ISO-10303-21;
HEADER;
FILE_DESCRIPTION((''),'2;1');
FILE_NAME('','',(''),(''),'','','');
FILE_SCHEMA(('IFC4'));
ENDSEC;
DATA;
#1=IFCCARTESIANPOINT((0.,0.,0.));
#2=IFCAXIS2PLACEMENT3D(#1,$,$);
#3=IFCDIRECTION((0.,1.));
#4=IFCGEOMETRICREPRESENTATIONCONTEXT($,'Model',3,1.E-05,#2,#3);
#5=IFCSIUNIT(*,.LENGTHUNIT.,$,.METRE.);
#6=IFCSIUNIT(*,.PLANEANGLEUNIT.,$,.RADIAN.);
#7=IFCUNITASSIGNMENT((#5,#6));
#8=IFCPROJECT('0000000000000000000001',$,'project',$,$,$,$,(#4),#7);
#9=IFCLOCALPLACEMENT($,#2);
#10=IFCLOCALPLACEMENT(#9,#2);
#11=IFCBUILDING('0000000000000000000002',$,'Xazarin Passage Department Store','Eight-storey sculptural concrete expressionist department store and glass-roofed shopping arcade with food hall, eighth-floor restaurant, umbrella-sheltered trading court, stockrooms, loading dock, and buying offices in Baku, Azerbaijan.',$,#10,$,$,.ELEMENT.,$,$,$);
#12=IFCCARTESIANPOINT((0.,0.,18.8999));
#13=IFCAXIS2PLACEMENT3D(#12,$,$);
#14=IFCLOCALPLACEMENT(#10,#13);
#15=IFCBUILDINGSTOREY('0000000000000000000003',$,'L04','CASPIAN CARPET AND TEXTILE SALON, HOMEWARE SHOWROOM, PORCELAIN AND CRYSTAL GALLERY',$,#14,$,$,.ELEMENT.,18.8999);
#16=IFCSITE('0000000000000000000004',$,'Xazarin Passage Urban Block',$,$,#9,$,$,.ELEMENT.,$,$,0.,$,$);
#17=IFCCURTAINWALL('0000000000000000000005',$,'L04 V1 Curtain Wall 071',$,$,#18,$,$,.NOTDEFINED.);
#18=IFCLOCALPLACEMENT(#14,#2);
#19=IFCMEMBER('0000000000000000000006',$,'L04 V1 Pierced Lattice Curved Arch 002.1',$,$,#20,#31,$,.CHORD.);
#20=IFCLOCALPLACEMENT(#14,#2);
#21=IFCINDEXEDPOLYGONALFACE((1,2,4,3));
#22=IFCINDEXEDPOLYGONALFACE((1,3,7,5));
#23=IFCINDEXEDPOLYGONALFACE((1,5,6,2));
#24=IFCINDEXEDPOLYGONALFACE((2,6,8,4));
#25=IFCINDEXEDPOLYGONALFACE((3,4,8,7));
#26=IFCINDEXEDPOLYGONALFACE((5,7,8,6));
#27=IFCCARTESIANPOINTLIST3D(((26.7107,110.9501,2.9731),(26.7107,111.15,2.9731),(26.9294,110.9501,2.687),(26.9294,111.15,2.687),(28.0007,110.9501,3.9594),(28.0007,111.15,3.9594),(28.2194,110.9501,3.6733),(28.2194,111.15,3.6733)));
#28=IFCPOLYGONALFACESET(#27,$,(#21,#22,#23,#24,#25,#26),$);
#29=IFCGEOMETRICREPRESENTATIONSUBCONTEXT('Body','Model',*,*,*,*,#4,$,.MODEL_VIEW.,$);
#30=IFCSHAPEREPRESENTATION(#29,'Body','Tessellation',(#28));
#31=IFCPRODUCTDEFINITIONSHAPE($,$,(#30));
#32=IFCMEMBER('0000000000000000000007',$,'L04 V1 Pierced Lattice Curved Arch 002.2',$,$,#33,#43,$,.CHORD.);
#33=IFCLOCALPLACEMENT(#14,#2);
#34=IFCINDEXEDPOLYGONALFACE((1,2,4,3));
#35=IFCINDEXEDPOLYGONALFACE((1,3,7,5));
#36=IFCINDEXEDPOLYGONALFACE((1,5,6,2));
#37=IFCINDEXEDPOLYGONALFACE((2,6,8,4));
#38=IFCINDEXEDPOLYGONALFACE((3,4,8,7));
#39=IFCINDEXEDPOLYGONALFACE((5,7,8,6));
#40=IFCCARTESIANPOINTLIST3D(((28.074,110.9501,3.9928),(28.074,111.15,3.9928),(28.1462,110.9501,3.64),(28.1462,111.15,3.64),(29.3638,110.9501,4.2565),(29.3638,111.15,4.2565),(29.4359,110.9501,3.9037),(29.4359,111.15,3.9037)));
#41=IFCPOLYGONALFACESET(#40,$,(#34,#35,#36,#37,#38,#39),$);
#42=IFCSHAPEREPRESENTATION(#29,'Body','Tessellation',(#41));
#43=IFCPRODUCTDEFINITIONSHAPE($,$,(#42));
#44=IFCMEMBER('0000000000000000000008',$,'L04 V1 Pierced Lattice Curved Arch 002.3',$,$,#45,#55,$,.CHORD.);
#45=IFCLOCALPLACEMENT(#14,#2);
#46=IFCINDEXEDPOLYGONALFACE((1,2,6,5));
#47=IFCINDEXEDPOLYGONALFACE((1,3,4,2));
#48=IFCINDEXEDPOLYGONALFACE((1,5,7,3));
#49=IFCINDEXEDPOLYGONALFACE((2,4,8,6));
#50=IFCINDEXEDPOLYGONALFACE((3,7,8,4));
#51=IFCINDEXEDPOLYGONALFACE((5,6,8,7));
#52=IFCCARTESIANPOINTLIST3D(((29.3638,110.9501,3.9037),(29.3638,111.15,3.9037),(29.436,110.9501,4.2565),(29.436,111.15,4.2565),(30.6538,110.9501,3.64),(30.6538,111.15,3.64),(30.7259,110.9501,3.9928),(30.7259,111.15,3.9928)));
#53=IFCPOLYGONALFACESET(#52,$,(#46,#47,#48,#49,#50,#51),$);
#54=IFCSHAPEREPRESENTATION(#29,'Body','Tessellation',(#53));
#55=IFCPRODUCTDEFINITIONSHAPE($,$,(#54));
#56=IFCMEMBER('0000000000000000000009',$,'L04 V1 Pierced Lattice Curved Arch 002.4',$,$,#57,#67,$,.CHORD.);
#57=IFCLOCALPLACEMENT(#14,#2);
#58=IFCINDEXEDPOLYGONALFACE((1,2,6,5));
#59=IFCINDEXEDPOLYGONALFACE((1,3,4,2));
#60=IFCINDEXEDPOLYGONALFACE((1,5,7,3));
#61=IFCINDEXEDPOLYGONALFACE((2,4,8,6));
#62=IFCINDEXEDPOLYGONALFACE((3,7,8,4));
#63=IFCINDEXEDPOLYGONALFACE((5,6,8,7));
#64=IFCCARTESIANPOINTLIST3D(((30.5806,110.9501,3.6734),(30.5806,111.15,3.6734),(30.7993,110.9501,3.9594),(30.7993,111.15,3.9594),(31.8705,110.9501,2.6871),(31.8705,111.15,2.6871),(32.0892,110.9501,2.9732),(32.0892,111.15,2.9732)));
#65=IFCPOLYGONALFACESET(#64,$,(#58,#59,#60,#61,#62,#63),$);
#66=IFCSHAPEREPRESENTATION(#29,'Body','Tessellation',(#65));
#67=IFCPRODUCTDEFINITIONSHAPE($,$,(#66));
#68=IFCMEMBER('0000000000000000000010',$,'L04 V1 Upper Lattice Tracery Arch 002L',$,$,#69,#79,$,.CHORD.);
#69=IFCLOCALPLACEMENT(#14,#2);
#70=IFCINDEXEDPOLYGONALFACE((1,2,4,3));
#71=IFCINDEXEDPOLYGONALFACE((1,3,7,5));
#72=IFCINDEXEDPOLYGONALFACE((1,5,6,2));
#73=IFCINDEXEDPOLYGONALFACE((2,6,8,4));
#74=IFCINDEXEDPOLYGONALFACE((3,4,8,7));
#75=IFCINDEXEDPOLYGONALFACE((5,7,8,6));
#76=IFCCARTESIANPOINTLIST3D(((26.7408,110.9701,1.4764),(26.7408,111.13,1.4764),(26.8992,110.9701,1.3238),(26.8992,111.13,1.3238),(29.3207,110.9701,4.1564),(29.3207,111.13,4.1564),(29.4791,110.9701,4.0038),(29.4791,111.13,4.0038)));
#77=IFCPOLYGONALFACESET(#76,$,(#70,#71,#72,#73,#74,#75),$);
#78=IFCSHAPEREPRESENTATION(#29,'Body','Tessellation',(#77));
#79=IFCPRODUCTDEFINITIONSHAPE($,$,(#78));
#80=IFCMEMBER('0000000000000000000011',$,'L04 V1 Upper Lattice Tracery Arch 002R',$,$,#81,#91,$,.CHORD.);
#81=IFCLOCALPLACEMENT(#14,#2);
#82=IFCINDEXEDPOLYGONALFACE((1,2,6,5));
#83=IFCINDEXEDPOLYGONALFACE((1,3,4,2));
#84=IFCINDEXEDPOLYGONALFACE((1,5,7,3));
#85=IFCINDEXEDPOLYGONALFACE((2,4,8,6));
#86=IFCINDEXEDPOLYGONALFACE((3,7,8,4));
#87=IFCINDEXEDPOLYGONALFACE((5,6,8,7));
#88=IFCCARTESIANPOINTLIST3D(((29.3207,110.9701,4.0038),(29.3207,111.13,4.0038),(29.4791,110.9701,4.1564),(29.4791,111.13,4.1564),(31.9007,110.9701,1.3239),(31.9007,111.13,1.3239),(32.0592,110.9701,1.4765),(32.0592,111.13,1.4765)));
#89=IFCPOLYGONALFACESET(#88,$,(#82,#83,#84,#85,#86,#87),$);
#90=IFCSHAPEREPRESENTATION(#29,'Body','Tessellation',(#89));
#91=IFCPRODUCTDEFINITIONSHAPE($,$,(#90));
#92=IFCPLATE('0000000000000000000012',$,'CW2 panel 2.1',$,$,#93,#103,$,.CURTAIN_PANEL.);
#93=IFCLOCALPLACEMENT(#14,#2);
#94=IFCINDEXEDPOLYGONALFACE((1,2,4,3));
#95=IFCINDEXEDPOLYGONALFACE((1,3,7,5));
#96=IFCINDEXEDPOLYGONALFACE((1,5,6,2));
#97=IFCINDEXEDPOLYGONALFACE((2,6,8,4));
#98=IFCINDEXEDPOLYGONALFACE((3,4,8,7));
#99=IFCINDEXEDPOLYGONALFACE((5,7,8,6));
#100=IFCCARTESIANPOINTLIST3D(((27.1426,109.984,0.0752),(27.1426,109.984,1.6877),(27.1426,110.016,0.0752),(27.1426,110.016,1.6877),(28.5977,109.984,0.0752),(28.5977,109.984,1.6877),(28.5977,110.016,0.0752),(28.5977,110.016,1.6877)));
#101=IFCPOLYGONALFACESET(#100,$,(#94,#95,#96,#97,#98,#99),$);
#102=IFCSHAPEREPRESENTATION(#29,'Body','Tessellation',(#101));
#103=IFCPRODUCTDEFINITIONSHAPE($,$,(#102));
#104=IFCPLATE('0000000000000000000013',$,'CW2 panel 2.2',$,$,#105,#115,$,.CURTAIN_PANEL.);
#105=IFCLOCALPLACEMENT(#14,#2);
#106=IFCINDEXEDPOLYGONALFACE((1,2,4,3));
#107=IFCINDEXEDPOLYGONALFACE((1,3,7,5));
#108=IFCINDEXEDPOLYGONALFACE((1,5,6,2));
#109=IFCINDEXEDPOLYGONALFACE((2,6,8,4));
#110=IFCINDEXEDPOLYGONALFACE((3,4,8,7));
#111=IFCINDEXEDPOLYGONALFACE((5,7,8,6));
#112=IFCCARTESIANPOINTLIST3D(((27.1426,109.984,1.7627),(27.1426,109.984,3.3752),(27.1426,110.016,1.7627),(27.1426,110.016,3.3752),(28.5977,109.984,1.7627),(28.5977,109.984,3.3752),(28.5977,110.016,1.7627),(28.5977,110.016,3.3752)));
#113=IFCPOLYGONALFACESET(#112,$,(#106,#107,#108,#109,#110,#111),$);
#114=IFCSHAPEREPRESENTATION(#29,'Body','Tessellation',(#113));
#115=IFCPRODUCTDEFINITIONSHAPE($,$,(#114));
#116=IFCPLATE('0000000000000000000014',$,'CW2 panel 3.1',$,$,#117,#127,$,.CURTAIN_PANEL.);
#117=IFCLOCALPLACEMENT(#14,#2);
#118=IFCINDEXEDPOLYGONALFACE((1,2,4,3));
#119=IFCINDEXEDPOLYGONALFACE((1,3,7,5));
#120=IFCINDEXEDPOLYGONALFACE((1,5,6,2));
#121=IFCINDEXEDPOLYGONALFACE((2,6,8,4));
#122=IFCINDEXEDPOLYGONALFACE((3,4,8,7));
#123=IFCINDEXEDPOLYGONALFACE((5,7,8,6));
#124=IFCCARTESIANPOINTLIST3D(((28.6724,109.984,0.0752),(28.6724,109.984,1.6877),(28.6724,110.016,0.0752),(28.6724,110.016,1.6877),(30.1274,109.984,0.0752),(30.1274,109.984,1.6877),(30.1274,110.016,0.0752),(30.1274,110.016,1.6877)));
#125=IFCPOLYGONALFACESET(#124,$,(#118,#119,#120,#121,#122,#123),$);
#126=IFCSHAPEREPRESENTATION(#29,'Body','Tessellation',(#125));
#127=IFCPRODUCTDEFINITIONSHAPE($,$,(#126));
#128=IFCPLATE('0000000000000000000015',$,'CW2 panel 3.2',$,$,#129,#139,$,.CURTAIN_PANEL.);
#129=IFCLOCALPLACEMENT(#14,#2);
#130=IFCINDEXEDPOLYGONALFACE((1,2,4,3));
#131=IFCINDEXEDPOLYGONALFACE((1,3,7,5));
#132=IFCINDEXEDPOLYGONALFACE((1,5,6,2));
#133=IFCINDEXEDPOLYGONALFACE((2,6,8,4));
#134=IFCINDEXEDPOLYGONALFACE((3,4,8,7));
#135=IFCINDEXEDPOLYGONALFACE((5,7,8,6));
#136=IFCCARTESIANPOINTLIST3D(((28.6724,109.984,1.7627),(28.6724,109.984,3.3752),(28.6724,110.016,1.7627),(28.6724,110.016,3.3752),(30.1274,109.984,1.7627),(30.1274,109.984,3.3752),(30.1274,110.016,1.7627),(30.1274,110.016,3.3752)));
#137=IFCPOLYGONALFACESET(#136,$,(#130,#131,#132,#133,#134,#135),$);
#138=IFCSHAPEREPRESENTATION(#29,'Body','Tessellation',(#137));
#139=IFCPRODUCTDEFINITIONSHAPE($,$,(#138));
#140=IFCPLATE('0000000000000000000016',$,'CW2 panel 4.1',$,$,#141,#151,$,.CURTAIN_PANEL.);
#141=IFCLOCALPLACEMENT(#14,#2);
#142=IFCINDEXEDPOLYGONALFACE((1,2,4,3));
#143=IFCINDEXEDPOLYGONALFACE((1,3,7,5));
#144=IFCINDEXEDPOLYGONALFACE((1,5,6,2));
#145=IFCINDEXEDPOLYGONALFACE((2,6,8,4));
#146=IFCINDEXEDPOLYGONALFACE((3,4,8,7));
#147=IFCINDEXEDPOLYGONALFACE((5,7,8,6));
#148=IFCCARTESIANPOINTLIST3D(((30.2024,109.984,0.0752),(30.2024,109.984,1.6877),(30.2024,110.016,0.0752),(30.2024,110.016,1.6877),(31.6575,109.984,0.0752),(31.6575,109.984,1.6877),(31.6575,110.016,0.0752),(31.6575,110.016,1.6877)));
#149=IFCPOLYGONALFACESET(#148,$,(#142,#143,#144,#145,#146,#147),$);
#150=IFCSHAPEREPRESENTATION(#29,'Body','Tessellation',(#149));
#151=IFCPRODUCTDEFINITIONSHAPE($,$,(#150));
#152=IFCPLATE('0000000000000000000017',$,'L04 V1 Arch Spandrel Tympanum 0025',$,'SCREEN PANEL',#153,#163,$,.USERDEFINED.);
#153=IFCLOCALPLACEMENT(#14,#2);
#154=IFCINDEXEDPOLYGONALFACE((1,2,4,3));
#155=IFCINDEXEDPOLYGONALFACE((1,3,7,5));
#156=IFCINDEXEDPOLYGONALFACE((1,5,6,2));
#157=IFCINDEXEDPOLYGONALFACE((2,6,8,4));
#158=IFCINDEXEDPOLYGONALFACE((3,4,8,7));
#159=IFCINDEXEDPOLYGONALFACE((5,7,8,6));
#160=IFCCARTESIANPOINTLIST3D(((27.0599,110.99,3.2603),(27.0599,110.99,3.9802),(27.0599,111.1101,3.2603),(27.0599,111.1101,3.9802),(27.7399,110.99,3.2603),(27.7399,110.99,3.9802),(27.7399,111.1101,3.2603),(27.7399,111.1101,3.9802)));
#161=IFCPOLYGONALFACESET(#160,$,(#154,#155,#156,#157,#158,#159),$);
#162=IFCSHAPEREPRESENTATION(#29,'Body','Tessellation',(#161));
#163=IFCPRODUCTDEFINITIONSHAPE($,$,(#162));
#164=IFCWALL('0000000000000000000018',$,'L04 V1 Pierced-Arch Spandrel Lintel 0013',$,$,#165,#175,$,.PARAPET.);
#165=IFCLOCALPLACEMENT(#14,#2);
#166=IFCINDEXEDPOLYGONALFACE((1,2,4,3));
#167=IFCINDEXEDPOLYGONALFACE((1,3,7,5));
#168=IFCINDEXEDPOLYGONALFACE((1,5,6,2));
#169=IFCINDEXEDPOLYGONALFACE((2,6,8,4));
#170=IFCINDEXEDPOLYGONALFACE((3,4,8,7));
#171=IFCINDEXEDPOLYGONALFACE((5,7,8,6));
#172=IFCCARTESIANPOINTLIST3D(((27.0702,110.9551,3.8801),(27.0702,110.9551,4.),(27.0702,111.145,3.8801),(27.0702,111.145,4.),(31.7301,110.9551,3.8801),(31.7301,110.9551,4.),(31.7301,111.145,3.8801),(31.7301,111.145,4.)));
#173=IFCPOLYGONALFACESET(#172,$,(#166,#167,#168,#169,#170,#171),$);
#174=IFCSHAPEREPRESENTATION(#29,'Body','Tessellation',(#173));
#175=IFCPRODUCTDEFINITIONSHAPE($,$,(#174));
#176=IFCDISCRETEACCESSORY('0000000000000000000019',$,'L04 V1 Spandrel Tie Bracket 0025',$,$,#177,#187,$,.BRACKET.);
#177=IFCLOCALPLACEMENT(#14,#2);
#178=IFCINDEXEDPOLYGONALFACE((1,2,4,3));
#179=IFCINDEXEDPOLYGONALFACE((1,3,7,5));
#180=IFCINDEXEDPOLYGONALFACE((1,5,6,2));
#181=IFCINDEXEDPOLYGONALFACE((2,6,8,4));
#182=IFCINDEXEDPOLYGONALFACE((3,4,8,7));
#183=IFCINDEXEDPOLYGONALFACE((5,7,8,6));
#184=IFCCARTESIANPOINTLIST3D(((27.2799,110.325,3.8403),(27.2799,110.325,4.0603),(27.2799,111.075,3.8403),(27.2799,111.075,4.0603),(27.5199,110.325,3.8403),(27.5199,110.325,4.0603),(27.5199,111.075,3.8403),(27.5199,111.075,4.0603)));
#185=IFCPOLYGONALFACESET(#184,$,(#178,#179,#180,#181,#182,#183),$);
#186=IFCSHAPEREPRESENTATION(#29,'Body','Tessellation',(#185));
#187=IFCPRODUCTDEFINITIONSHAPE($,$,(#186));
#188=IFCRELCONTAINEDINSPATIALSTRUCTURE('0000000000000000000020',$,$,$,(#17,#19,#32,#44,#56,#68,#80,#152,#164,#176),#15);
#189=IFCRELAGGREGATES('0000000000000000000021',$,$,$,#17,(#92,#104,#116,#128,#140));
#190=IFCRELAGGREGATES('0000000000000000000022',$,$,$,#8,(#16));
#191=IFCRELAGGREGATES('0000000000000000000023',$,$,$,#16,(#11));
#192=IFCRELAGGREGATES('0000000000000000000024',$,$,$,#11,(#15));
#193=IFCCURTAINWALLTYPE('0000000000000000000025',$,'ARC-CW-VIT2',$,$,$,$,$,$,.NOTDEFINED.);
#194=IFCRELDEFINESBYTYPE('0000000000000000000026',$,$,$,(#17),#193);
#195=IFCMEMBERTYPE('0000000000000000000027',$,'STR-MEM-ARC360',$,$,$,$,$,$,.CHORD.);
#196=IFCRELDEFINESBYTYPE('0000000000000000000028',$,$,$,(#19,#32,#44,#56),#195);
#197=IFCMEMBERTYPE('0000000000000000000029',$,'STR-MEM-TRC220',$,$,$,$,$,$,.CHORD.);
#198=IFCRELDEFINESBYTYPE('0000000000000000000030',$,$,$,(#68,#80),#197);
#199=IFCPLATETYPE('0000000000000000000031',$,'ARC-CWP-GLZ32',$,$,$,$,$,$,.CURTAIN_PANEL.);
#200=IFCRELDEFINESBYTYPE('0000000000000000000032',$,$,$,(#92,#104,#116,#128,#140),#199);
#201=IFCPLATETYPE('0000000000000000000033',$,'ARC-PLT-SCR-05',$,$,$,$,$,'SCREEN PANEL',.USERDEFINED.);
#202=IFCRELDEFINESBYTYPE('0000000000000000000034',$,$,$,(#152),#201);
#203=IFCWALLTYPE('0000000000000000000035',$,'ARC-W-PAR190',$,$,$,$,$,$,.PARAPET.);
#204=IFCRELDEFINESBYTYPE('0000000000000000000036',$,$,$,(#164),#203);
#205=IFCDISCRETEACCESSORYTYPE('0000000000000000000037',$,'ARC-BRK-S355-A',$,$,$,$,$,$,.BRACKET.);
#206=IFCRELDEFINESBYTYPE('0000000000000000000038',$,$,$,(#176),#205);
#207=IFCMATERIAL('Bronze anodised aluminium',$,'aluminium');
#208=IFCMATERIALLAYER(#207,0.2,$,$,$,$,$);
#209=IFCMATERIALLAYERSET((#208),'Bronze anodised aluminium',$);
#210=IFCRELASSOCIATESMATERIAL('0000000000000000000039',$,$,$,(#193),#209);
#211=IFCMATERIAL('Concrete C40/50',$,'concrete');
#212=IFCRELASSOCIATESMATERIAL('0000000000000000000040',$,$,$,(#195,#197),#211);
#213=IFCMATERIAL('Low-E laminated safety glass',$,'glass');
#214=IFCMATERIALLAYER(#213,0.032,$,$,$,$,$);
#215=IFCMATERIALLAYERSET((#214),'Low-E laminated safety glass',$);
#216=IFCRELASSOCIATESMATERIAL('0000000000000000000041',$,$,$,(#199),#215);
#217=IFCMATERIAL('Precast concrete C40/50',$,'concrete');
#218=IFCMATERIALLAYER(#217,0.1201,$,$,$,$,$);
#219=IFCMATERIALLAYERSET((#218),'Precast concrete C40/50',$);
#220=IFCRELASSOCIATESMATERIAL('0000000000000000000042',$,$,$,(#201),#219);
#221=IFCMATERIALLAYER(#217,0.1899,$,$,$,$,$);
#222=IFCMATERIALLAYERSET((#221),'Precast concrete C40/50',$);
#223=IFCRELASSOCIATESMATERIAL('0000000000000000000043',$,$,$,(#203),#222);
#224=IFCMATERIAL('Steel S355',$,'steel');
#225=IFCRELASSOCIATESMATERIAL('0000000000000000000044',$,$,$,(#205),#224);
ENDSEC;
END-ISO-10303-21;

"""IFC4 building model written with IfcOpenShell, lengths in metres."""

from ifc_helpers import new_model, si_unit, direction, frame, frame_2d, origin, origin_2d, place, context, subcontext, project, spatial, rectangle, extrude, material, layer, layer_set, material_profile, profile_set, type_object, element, aggregate, save


model = new_model("IFC4")

# Units and contexts
model_context = context("Model", 3, precision=1e-05, world=origin(), true_north=direction((0.0, 1.0)))
body_context = subcontext(model_context, "Body", "Model", "MODEL_VIEW")
ifc_project = project(units=[si_unit("LENGTHUNIT", "METRE"), si_unit("PLANEANGLEUNIT", "RADIAN")], contexts=[model_context])

# Site, building, storey
site_placement = place(None, origin())
site = spatial("IfcSite", under=ifc_project, at=site_placement, Name="Xazarin Passage Urban Block", CompositionType="ELEMENT", RefElevation=0.0)
building_placement = place(site_placement, origin())
building = spatial("IfcBuilding", under=site, at=building_placement, Name="Xazarin Passage Department Store", Description="Eight-storey sculptural concrete expressionist department store and glass-roofed shopping arcade with food hall, eighth-floor restaurant, umbrella-sheltered trading court, stockrooms, loading dock, and buying offices in Baku, Azerbaijan.", CompositionType="ELEMENT")
storey_placement = place(building_placement, frame((0.0, 0.0, 18.8999)))
storey = spatial("IfcBuildingStorey", under=building, at=storey_placement, Name="L04", Description="CASPIAN CARPET AND TEXTILE SALON, HOMEWARE SHOWROOM, PORCELAIN AND CRYSTAL GALLERY", CompositionType="ELEMENT", Elevation=18.8999)

# Shared definitions
ifc_material_1 = material(Name="Concrete C40/50", Category="concrete")

# Curtain wall
ifc_material_2 = material(Name="Bronze anodised aluminium", Category="aluminium")
ifc_layer_1 = layer(ifc_material_2, 0.2)
ifc_layer_set_1 = layer_set([ifc_layer_1], Name="Bronze anodised aluminium")
curtain_wall_type = type_object("IfcCurtainWallType", Name="ARC-CW-VIT2", PredefinedType="NOTDEFINED", material=ifc_layer_set_1)
curtain_wall_placement = place(storey_placement, origin())
curtain_wall = element("IfcCurtainWall", 1, at=curtain_wall_placement, inside=storey, type_object=curtain_wall_type, Name="L04 V1 Curtain Wall 071", PredefinedType="NOTDEFINED")

# Members
ifc_material_profile_1 = material_profile(ifc_material_1, rectangle(XDim=0.2, YDim=0.3601, at=origin_2d()), Name="RC 200x360")
ifc_profile_set_1 = profile_set([ifc_material_profile_1], Name="Concrete C40/50")
member_type_1 = type_object("IfcMemberType", Name="STR-MEM-ARC360", PredefinedType="CHORD", material=ifc_profile_set_1)
member_1_placement = place(storey_placement, frame((26.8201, 111.05, 2.8301), z_axis=(0.794409, 0.0, 0.607383), x_axis=(0.0, 1.0, 0.0)))
element("IfcMember", 2, at=member_1_placement, inside=storey, type_object=member_type_1, Name="L04 V1 Pierced Lattice Curved Arch 002.1", PredefinedType="CHORD", context=body_context, shape_type="SweptSolid", body=[
    extrude(rectangle(XDim=0.2, YDim=0.3601, at=origin_2d()), origin(), (0.0, 0.0, 1.0), 1.6238),
])
member_2_placement = place(storey_placement, frame((28.1101, 111.05, 3.8164), z_axis=(0.979737, 0.0, 0.200287), x_axis=(0.0, 1.0, 0.0)))
element("IfcMember", 3, at=member_2_placement, inside=storey, type_object=member_type_1, Name="L04 V1 Pierced Lattice Curved Arch 002.2", PredefinedType="CHORD", context=body_context, shape_type="SweptSolid", body=[
    extrude(rectangle(XDim=0.2, YDim=0.3601, at=origin_2d()), origin(), (0.0, 0.0, 1.0), 1.3164),
])
member_3_placement = place(storey_placement, frame((29.3999, 111.05, 4.0801), z_axis=(0.979745, 0.0, -0.200251), x_axis=(0.0, 1.0, 0.0)))
element("IfcMember", 4, at=member_3_placement, inside=storey, type_object=member_type_1, Name="L04 V1 Pierced Lattice Curved Arch 002.3", PredefinedType="CHORD", context=body_context, shape_type="SweptSolid", body=[
    extrude(rectangle(XDim=0.2, YDim=0.3601, at=origin_2d()), origin(), (0.0, 0.0, 1.0), 1.3167),
])
member_4_placement = place(storey_placement, frame((30.6899, 111.05, 3.8164), z_axis=(0.794409, 0.0, -0.607383), x_axis=(0.0, 1.0, 0.0)))
element("IfcMember", 5, at=member_4_placement, inside=storey, type_object=member_type_1, Name="L04 V1 Pierced Lattice Curved Arch 002.4", PredefinedType="CHORD", context=body_context, shape_type="SweptSolid", body=[
    extrude(rectangle(XDim=0.2, YDim=0.3601, at=origin_2d()), origin(), (0.0, 0.0, 1.0), 1.6238),
])
ifc_material_profile_2 = material_profile(ifc_material_1, rectangle(XDim=0.1599, YDim=0.22, at=origin_2d()), Name="RC 160x220")
ifc_profile_set_2 = profile_set([ifc_material_profile_2], Name="Concrete C40/50")
member_type_2 = type_object("IfcMemberType", Name="STR-MEM-TRC220", PredefinedType="CHORD", material=ifc_profile_set_2)
for number, where, z_axis, x_axis, name in (
    (6, (29.3999, 111.05, 4.0801), (-0.693524, 0.0, -0.720433), (0.0, -1.0, 0.0), "L04 V1 Upper Lattice Tracery Arch 002L"),
    (7, (29.3999, 111.05, 4.0801), (0.693558, 0.0, -0.7204), (0.0, 1.0, 0.0), "L04 V1 Upper Lattice Tracery Arch 002R"),
):
    element("IfcMember", number, at=place(storey_placement, frame(where, z_axis=z_axis, x_axis=x_axis)), inside=storey, type_object=member_type_2, Name=name, PredefinedType="CHORD", context=body_context, shape_type="SweptSolid", body=[
        extrude(rectangle(XDim=0.1599, YDim=0.22, at=origin_2d()), origin(), (0.0, 0.0, 1.0), 3.72),
    ])

# Plates
ifc_material_3 = material(Name="Low-E laminated safety glass", Category="glass")
ifc_layer_2 = layer(ifc_material_3, 0.032)
ifc_layer_set_2 = layer_set([ifc_layer_2], Name="Low-E laminated safety glass")
plate_type_1 = type_object("IfcPlateType", Name="ARC-CWP-GLZ32", PredefinedType="CURTAIN_PANEL", material=ifc_layer_set_2)
plate_1_placement = place(storey_placement, frame((27.8701, 110.0, 0.0752), z_axis=(0.0, 0.0, 1.0), x_axis=(1.0, 0.0, 0.0)))
plate_1 = element("IfcPlate", 8, at=plate_1_placement, type_object=plate_type_1, Name="CW2 panel 2.1", PredefinedType="CURTAIN_PANEL", context=body_context, shape_type="SweptSolid", body=[
    extrude(rectangle(XDim=1.4551, YDim=0.032, at=origin_2d()), origin(), (0.0, 0.0, 1.0), 1.6125),
])
plate_2_placement = place(storey_placement, frame((27.8701, 110.0, 1.7627), z_axis=(0.0, 0.0, 1.0), x_axis=(1.0, 0.0, 0.0)))
plate_2 = element("IfcPlate", 9, at=plate_2_placement, type_object=plate_type_1, Name="CW2 panel 2.2", PredefinedType="CURTAIN_PANEL", context=body_context, shape_type="SweptSolid", body=[
    extrude(rectangle(XDim=1.4551, YDim=0.032, at=origin_2d()), origin(), (0.0, 0.0, 1.0), 1.6125),
])
plate_3_placement = place(storey_placement, frame((29.3999, 110.0, 0.0752), z_axis=(0.0, 0.0, 1.0), x_axis=(1.0, 0.0, 0.0)))
plate_3 = element("IfcPlate", 10, at=plate_3_placement, type_object=plate_type_1, Name="CW2 panel 3.1", PredefinedType="CURTAIN_PANEL", context=body_context, shape_type="SweptSolid", body=[
    extrude(rectangle(XDim=1.4551, YDim=0.032, at=origin_2d()), origin(), (0.0, 0.0, 1.0), 1.6125),
])
plate_4_placement = place(storey_placement, frame((29.3999, 110.0, 1.7627), z_axis=(0.0, 0.0, 1.0), x_axis=(1.0, 0.0, 0.0)))
plate_4 = element("IfcPlate", 11, at=plate_4_placement, type_object=plate_type_1, Name="CW2 panel 3.2", PredefinedType="CURTAIN_PANEL", context=body_context, shape_type="SweptSolid", body=[
    extrude(rectangle(XDim=1.4551, YDim=0.032, at=origin_2d()), origin(), (0.0, 0.0, 1.0), 1.6125),
])
plate_5_placement = place(storey_placement, frame((30.9299, 110.0, 0.0752), z_axis=(0.0, 0.0, 1.0), x_axis=(1.0, 0.0, 0.0)))
plate_5 = element("IfcPlate", 12, at=plate_5_placement, type_object=plate_type_1, Name="CW2 panel 4.1", PredefinedType="CURTAIN_PANEL", context=body_context, shape_type="SweptSolid", body=[
    extrude(rectangle(XDim=1.4551, YDim=0.032, at=origin_2d()), origin(), (0.0, 0.0, 1.0), 1.6125),
])
aggregate(curtain_wall, [plate_1, plate_2, plate_3, plate_4, plate_5])
ifc_material_4 = material(Name="Precast concrete C40/50", Category="concrete")
ifc_layer_3 = layer(ifc_material_4, 0.1201)
ifc_layer_set_3 = layer_set([ifc_layer_3], Name="Precast concrete C40/50")
plate_type_2 = type_object("IfcPlateType", Name="ARC-PLT-SCR-05", ElementType="SCREEN PANEL", PredefinedType="USERDEFINED", material=ifc_layer_set_3)
plate_6_placement = place(storey_placement, frame((27.3999, 111.05, 3.2603), z_axis=(0.0, 0.0, 1.0), x_axis=(1.0, 0.0, 0.0)))
element("IfcPlate", 13, at=plate_6_placement, inside=storey, type_object=plate_type_2, Name="L04 V1 Arch Spandrel Tympanum 0025", ObjectType="SCREEN PANEL", PredefinedType="USERDEFINED", context=body_context, shape_type="SweptSolid", body=[
    extrude(rectangle(XDim=0.6799, YDim=0.1201, at=origin_2d()), origin(), (0.0, 0.0, 1.0), 0.72),
])

# Wall
ifc_layer_4 = layer(ifc_material_4, 0.1899)
ifc_layer_set_4 = layer_set([ifc_layer_4], Name="Precast concrete C40/50")
wall_type = type_object("IfcWallType", Name="ARC-W-PAR190", PredefinedType="PARAPET", material=ifc_layer_set_4)
wall_placement = place(storey_placement, frame((27.0701, 111.05, 3.8801), z_axis=(0.0, 0.0, 1.0), x_axis=(1.0, 0.0, 0.0)))
element("IfcWall", 14, at=wall_placement, inside=storey, type_object=wall_type, Name="L04 V1 Pierced-Arch Spandrel Lintel 0013", PredefinedType="PARAPET", context=body_context, shape_type="SweptSolid", body=[
    extrude(rectangle(XDim=4.6599, YDim=0.1899, at=frame_2d((2.3301, 0.0))), origin(), (0.0, 0.0, 1.0), 0.1199),
])

# Discrete accessory
ifc_material_5 = material(Name="Steel S355", Category="steel")
discrete_accessory_type = type_object("IfcDiscreteAccessoryType", Name="ARC-BRK-S355-A", PredefinedType="BRACKET", material=ifc_material_5)
discrete_accessory_placement = place(storey_placement, frame((27.3999, 110.7, 3.8403), z_axis=(0.0, 0.0, 1.0), x_axis=(1.0, 0.0, 0.0)))
element("IfcDiscreteAccessory", 15, at=discrete_accessory_placement, inside=storey, type_object=discrete_accessory_type, Name="L04 V1 Spandrel Tie Bracket 0025", PredefinedType="BRACKET", context=body_context, shape_type="SweptSolid", body=[
    extrude(rectangle(XDim=0.24, YDim=0.75, at=origin_2d()), origin(), (0.0, 0.0, 1.0), 0.22),
])

save(model, "model.ifc")
